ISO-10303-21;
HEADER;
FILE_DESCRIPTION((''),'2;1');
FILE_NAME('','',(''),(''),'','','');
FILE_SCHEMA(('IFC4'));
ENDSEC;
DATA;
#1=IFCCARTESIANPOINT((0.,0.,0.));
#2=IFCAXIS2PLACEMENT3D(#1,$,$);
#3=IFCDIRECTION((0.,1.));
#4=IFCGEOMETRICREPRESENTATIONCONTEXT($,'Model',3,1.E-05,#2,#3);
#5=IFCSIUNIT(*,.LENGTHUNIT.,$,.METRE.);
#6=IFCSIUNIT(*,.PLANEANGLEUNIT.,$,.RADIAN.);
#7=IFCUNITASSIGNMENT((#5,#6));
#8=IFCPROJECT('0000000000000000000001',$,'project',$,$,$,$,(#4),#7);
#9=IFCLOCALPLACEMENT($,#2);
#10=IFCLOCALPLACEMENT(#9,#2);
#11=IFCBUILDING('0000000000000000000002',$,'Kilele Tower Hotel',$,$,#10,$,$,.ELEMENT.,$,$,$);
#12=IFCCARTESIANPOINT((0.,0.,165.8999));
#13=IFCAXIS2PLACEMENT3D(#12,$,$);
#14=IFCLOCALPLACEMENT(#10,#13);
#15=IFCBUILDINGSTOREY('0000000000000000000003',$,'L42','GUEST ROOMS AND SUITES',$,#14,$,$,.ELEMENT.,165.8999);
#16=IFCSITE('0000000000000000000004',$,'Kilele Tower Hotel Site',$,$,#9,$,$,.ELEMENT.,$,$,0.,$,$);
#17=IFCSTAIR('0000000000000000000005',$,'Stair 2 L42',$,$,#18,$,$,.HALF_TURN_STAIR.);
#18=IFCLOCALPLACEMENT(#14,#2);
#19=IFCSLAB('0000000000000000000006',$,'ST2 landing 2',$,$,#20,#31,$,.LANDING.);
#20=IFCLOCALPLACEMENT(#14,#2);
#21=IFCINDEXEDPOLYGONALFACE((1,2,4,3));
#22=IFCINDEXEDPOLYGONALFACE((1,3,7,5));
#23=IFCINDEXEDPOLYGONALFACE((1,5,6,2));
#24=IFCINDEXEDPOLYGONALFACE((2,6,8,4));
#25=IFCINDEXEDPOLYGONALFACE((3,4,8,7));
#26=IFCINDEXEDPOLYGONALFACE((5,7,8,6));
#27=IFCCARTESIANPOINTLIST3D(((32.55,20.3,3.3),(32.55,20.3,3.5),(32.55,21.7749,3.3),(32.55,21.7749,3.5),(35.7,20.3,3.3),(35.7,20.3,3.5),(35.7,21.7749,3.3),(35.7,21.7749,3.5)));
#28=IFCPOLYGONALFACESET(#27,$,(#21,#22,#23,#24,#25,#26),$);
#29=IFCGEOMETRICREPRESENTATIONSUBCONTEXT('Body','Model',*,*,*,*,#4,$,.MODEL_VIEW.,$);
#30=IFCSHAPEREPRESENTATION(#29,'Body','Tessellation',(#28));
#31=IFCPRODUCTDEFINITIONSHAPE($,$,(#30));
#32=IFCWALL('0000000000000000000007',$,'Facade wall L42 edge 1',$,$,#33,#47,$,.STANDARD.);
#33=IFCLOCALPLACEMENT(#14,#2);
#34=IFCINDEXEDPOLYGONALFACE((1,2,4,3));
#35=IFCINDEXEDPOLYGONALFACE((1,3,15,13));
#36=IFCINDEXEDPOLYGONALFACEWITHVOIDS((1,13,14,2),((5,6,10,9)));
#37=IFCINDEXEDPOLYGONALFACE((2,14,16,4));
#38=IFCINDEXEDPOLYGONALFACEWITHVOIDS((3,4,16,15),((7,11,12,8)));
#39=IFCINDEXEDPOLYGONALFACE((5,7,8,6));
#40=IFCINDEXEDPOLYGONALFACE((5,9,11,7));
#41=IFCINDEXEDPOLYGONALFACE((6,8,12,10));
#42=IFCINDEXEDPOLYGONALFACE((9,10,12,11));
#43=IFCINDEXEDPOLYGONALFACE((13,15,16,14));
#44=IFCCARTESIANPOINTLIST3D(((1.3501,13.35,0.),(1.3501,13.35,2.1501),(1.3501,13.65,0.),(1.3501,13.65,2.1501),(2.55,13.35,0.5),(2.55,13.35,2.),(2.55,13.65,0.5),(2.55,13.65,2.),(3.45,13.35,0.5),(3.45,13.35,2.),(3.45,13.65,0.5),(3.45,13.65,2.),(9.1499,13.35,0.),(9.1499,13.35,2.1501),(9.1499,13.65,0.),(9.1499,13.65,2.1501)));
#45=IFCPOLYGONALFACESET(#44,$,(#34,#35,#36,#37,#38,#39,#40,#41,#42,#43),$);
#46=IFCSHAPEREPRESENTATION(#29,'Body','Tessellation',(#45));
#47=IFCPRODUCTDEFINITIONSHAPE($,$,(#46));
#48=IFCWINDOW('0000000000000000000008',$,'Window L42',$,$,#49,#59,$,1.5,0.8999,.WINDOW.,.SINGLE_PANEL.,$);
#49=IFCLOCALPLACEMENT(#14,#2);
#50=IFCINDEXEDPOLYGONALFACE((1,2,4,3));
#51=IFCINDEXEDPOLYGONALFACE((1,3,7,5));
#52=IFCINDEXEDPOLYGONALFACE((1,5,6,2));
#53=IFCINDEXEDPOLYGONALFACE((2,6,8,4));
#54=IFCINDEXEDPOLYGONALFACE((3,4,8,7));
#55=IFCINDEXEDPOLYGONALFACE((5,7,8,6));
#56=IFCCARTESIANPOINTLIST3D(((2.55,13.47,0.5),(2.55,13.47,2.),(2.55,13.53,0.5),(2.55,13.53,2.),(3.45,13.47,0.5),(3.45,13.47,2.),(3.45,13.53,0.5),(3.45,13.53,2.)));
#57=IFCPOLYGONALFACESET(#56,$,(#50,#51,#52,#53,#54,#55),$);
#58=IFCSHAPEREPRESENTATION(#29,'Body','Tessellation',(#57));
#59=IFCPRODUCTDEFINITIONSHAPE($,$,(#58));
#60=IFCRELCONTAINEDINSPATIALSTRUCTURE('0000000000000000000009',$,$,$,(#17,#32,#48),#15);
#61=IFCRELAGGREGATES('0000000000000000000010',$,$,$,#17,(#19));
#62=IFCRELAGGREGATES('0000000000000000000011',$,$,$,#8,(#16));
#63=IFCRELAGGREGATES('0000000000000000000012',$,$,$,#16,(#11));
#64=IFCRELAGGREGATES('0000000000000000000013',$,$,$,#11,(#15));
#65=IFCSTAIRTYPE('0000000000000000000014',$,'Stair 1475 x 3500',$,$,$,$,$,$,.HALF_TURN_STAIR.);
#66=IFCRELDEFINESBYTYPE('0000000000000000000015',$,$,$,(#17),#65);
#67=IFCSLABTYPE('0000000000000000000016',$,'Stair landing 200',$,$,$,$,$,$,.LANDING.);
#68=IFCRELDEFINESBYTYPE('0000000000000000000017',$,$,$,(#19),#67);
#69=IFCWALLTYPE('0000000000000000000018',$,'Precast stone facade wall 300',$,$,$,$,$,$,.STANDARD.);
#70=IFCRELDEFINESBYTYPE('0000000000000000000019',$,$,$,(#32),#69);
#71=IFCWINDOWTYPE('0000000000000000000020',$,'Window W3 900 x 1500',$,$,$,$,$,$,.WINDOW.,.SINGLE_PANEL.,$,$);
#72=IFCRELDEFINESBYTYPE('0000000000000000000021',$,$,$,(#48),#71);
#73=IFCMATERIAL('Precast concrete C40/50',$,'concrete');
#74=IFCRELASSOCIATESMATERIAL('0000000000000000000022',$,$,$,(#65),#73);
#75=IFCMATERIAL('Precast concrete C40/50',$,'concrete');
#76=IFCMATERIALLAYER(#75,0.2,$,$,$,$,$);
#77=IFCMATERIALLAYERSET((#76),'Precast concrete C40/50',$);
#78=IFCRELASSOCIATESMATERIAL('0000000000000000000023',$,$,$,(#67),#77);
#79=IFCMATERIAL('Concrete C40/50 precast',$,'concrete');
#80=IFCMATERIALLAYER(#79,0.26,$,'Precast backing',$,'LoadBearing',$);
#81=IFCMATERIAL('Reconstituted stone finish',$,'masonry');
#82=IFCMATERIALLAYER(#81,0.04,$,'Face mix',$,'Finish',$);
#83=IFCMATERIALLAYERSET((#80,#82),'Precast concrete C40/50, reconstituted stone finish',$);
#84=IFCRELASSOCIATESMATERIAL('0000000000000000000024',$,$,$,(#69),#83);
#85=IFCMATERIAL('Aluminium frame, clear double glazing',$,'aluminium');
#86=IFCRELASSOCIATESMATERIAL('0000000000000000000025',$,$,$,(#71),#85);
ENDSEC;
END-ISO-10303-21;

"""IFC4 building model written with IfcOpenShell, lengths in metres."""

from ifc_helpers import new_model, si_unit, direction, frame, frame_2d, origin, place, context, subcontext, project, spatial, polyline, rectangle, outline, extrude, material, layer, layer_set, type_object, element, fill, aggregate, save


model = new_model("IFC4")

# Units and contexts
model_context = context("Model", 3, precision=1e-05, world=origin(), true_north=direction((0.0, 1.0)))
body_context = subcontext(model_context, "Body", "Model", "MODEL_VIEW")
ifc_project = project(units=[si_unit("LENGTHUNIT", "METRE"), si_unit("PLANEANGLEUNIT", "RADIAN")], contexts=[model_context])

# Site, building, storey
site_placement = place(None, origin())
site = spatial("IfcSite", under=ifc_project, at=site_placement, Name="Kilele Tower Hotel Site", CompositionType="ELEMENT", RefElevation=0.0)
building_placement = place(site_placement, origin())
building = spatial("IfcBuilding", under=site, at=building_placement, Name="Kilele Tower Hotel", CompositionType="ELEMENT")
storey_placement = place(building_placement, frame((0.0, 0.0, 165.8999)))
storey = spatial("IfcBuildingStorey", under=building, at=storey_placement, Name="L42", Description="GUEST ROOMS AND SUITES", CompositionType="ELEMENT", Elevation=165.8999)

# Stair, slab
ifc_material_1 = material(Name="Precast concrete C40/50", Category="concrete")
stair_type = type_object("IfcStairType", Name="Stair 1475 x 3500", PredefinedType="HALF_TURN_STAIR", material=ifc_material_1)
ifc_material_2 = material(Name="Precast concrete C40/50", Category="concrete")
ifc_layer_1 = layer(ifc_material_2, 0.2)
ifc_layer_set_1 = layer_set([ifc_layer_1], Name="Precast concrete C40/50")
slab_type_1 = type_object("IfcSlabType", Name="Stair landing 200", PredefinedType="LANDING", material=ifc_layer_set_1)
stair_1_placement = place(storey_placement, origin())
stair_1 = element("IfcStair", 1, at=stair_1_placement, inside=storey, type_object=stair_type, Name="Stair 2 L42", PredefinedType="HALF_TURN_STAIR")
slab_1_placement = place(storey_placement, frame((0.0, 0.0, 3.3)))
slab_1 = element("IfcSlab", 2, at=slab_1_placement, type_object=slab_type_1, Name="ST2 landing 2", PredefinedType="LANDING", context=body_context, shape_type="SweptSolid", body=[
    extrude(outline(polyline([(32.55, 20.3), (35.7, 20.3), (35.7, 21.7749), (32.55, 21.7749), (32.55, 20.3)])), origin(), (0.0, 0.0, 1.0), 0.2),
])
aggregate(stair_1, [slab_1])

# Wall, opening, window
ifc_material_3 = material(Name="Concrete C40/50 precast", Category="concrete")
ifc_layer_2 = layer(ifc_material_3, 0.26, Name="Precast backing", Category="LoadBearing")
ifc_material_4 = material(Name="Reconstituted stone finish", Category="masonry")
ifc_layer_3 = layer(ifc_material_4, 0.04, Name="Face mix", Category="Finish")
ifc_layer_set_2 = layer_set([ifc_layer_2, ifc_layer_3], Name="Precast concrete C40/50, reconstituted stone finish")
wall_type = type_object("IfcWallType", Name="Precast stone facade wall 300", PredefinedType="STANDARD", material=ifc_layer_set_2)
wall_1_placement = place(storey_placement, frame((1.3501, 13.5, 0.0), z_axis=(0.0, 0.0, 1.0), x_axis=(1.0, 0.0, 0.0)))
wall_1 = element("IfcWall", 3, at=wall_1_placement, inside=storey, type_object=wall_type, Name="Facade wall L42 edge 1", PredefinedType="STANDARD", context=body_context, shape_type="SweptSolid", body=[
    extrude(rectangle(XDim=7.7998, YDim=0.3, at=frame_2d((3.8999, 0.0))), origin(), (0.0, 0.0, 1.0), 2.1501),
])
opening_1_placement = place(wall_1_placement, frame((1.2, 0.0, 0.5)))
opening_1 = element("IfcOpeningElement", 4, at=opening_1_placement, cuts=wall_1, PredefinedType="OPENING", context=body_context, shape_type="SweptSolid", body=[
    extrude(rectangle(XDim=0.8999, YDim=1.5, at=frame_2d((0.45, 0.75))), frame((0.0, 0.1599, 0.0), z_axis=(0.0, -1.0, 0.0), x_axis=(1.0, 0.0, 0.0)), (0.0, 0.0, 1.0), 0.3201),
])
ifc_material_5 = material(Name="Aluminium frame, clear double glazing", Category="aluminium")
window_type_1 = type_object("IfcWindowType", Name="Window W3 900 x 1500", PartitioningType="SINGLE_PANEL", PredefinedType="WINDOW", material=ifc_material_5)
window_1_placement = place(opening_1_placement, origin())
window_1 = element("IfcWindow", 5, at=window_1_placement, inside=storey, type_object=window_type_1, Name="Window L42", OverallHeight=1.5, OverallWidth=0.8999, PartitioningType="SINGLE_PANEL", PredefinedType="WINDOW", context=body_context, shape_type="SweptSolid", body=[
    extrude(rectangle(XDim=0.8999, YDim=1.5, at=frame_2d((0.45, 0.75))), frame((0.0, 0.03, 0.0), z_axis=(0.0, -1.0, 0.0), x_axis=(1.0, 0.0, 0.0)), (0.0, 0.0, 1.0), 0.0601),
])
fill(opening_1, window_1)

save(model, "model.ifc")
